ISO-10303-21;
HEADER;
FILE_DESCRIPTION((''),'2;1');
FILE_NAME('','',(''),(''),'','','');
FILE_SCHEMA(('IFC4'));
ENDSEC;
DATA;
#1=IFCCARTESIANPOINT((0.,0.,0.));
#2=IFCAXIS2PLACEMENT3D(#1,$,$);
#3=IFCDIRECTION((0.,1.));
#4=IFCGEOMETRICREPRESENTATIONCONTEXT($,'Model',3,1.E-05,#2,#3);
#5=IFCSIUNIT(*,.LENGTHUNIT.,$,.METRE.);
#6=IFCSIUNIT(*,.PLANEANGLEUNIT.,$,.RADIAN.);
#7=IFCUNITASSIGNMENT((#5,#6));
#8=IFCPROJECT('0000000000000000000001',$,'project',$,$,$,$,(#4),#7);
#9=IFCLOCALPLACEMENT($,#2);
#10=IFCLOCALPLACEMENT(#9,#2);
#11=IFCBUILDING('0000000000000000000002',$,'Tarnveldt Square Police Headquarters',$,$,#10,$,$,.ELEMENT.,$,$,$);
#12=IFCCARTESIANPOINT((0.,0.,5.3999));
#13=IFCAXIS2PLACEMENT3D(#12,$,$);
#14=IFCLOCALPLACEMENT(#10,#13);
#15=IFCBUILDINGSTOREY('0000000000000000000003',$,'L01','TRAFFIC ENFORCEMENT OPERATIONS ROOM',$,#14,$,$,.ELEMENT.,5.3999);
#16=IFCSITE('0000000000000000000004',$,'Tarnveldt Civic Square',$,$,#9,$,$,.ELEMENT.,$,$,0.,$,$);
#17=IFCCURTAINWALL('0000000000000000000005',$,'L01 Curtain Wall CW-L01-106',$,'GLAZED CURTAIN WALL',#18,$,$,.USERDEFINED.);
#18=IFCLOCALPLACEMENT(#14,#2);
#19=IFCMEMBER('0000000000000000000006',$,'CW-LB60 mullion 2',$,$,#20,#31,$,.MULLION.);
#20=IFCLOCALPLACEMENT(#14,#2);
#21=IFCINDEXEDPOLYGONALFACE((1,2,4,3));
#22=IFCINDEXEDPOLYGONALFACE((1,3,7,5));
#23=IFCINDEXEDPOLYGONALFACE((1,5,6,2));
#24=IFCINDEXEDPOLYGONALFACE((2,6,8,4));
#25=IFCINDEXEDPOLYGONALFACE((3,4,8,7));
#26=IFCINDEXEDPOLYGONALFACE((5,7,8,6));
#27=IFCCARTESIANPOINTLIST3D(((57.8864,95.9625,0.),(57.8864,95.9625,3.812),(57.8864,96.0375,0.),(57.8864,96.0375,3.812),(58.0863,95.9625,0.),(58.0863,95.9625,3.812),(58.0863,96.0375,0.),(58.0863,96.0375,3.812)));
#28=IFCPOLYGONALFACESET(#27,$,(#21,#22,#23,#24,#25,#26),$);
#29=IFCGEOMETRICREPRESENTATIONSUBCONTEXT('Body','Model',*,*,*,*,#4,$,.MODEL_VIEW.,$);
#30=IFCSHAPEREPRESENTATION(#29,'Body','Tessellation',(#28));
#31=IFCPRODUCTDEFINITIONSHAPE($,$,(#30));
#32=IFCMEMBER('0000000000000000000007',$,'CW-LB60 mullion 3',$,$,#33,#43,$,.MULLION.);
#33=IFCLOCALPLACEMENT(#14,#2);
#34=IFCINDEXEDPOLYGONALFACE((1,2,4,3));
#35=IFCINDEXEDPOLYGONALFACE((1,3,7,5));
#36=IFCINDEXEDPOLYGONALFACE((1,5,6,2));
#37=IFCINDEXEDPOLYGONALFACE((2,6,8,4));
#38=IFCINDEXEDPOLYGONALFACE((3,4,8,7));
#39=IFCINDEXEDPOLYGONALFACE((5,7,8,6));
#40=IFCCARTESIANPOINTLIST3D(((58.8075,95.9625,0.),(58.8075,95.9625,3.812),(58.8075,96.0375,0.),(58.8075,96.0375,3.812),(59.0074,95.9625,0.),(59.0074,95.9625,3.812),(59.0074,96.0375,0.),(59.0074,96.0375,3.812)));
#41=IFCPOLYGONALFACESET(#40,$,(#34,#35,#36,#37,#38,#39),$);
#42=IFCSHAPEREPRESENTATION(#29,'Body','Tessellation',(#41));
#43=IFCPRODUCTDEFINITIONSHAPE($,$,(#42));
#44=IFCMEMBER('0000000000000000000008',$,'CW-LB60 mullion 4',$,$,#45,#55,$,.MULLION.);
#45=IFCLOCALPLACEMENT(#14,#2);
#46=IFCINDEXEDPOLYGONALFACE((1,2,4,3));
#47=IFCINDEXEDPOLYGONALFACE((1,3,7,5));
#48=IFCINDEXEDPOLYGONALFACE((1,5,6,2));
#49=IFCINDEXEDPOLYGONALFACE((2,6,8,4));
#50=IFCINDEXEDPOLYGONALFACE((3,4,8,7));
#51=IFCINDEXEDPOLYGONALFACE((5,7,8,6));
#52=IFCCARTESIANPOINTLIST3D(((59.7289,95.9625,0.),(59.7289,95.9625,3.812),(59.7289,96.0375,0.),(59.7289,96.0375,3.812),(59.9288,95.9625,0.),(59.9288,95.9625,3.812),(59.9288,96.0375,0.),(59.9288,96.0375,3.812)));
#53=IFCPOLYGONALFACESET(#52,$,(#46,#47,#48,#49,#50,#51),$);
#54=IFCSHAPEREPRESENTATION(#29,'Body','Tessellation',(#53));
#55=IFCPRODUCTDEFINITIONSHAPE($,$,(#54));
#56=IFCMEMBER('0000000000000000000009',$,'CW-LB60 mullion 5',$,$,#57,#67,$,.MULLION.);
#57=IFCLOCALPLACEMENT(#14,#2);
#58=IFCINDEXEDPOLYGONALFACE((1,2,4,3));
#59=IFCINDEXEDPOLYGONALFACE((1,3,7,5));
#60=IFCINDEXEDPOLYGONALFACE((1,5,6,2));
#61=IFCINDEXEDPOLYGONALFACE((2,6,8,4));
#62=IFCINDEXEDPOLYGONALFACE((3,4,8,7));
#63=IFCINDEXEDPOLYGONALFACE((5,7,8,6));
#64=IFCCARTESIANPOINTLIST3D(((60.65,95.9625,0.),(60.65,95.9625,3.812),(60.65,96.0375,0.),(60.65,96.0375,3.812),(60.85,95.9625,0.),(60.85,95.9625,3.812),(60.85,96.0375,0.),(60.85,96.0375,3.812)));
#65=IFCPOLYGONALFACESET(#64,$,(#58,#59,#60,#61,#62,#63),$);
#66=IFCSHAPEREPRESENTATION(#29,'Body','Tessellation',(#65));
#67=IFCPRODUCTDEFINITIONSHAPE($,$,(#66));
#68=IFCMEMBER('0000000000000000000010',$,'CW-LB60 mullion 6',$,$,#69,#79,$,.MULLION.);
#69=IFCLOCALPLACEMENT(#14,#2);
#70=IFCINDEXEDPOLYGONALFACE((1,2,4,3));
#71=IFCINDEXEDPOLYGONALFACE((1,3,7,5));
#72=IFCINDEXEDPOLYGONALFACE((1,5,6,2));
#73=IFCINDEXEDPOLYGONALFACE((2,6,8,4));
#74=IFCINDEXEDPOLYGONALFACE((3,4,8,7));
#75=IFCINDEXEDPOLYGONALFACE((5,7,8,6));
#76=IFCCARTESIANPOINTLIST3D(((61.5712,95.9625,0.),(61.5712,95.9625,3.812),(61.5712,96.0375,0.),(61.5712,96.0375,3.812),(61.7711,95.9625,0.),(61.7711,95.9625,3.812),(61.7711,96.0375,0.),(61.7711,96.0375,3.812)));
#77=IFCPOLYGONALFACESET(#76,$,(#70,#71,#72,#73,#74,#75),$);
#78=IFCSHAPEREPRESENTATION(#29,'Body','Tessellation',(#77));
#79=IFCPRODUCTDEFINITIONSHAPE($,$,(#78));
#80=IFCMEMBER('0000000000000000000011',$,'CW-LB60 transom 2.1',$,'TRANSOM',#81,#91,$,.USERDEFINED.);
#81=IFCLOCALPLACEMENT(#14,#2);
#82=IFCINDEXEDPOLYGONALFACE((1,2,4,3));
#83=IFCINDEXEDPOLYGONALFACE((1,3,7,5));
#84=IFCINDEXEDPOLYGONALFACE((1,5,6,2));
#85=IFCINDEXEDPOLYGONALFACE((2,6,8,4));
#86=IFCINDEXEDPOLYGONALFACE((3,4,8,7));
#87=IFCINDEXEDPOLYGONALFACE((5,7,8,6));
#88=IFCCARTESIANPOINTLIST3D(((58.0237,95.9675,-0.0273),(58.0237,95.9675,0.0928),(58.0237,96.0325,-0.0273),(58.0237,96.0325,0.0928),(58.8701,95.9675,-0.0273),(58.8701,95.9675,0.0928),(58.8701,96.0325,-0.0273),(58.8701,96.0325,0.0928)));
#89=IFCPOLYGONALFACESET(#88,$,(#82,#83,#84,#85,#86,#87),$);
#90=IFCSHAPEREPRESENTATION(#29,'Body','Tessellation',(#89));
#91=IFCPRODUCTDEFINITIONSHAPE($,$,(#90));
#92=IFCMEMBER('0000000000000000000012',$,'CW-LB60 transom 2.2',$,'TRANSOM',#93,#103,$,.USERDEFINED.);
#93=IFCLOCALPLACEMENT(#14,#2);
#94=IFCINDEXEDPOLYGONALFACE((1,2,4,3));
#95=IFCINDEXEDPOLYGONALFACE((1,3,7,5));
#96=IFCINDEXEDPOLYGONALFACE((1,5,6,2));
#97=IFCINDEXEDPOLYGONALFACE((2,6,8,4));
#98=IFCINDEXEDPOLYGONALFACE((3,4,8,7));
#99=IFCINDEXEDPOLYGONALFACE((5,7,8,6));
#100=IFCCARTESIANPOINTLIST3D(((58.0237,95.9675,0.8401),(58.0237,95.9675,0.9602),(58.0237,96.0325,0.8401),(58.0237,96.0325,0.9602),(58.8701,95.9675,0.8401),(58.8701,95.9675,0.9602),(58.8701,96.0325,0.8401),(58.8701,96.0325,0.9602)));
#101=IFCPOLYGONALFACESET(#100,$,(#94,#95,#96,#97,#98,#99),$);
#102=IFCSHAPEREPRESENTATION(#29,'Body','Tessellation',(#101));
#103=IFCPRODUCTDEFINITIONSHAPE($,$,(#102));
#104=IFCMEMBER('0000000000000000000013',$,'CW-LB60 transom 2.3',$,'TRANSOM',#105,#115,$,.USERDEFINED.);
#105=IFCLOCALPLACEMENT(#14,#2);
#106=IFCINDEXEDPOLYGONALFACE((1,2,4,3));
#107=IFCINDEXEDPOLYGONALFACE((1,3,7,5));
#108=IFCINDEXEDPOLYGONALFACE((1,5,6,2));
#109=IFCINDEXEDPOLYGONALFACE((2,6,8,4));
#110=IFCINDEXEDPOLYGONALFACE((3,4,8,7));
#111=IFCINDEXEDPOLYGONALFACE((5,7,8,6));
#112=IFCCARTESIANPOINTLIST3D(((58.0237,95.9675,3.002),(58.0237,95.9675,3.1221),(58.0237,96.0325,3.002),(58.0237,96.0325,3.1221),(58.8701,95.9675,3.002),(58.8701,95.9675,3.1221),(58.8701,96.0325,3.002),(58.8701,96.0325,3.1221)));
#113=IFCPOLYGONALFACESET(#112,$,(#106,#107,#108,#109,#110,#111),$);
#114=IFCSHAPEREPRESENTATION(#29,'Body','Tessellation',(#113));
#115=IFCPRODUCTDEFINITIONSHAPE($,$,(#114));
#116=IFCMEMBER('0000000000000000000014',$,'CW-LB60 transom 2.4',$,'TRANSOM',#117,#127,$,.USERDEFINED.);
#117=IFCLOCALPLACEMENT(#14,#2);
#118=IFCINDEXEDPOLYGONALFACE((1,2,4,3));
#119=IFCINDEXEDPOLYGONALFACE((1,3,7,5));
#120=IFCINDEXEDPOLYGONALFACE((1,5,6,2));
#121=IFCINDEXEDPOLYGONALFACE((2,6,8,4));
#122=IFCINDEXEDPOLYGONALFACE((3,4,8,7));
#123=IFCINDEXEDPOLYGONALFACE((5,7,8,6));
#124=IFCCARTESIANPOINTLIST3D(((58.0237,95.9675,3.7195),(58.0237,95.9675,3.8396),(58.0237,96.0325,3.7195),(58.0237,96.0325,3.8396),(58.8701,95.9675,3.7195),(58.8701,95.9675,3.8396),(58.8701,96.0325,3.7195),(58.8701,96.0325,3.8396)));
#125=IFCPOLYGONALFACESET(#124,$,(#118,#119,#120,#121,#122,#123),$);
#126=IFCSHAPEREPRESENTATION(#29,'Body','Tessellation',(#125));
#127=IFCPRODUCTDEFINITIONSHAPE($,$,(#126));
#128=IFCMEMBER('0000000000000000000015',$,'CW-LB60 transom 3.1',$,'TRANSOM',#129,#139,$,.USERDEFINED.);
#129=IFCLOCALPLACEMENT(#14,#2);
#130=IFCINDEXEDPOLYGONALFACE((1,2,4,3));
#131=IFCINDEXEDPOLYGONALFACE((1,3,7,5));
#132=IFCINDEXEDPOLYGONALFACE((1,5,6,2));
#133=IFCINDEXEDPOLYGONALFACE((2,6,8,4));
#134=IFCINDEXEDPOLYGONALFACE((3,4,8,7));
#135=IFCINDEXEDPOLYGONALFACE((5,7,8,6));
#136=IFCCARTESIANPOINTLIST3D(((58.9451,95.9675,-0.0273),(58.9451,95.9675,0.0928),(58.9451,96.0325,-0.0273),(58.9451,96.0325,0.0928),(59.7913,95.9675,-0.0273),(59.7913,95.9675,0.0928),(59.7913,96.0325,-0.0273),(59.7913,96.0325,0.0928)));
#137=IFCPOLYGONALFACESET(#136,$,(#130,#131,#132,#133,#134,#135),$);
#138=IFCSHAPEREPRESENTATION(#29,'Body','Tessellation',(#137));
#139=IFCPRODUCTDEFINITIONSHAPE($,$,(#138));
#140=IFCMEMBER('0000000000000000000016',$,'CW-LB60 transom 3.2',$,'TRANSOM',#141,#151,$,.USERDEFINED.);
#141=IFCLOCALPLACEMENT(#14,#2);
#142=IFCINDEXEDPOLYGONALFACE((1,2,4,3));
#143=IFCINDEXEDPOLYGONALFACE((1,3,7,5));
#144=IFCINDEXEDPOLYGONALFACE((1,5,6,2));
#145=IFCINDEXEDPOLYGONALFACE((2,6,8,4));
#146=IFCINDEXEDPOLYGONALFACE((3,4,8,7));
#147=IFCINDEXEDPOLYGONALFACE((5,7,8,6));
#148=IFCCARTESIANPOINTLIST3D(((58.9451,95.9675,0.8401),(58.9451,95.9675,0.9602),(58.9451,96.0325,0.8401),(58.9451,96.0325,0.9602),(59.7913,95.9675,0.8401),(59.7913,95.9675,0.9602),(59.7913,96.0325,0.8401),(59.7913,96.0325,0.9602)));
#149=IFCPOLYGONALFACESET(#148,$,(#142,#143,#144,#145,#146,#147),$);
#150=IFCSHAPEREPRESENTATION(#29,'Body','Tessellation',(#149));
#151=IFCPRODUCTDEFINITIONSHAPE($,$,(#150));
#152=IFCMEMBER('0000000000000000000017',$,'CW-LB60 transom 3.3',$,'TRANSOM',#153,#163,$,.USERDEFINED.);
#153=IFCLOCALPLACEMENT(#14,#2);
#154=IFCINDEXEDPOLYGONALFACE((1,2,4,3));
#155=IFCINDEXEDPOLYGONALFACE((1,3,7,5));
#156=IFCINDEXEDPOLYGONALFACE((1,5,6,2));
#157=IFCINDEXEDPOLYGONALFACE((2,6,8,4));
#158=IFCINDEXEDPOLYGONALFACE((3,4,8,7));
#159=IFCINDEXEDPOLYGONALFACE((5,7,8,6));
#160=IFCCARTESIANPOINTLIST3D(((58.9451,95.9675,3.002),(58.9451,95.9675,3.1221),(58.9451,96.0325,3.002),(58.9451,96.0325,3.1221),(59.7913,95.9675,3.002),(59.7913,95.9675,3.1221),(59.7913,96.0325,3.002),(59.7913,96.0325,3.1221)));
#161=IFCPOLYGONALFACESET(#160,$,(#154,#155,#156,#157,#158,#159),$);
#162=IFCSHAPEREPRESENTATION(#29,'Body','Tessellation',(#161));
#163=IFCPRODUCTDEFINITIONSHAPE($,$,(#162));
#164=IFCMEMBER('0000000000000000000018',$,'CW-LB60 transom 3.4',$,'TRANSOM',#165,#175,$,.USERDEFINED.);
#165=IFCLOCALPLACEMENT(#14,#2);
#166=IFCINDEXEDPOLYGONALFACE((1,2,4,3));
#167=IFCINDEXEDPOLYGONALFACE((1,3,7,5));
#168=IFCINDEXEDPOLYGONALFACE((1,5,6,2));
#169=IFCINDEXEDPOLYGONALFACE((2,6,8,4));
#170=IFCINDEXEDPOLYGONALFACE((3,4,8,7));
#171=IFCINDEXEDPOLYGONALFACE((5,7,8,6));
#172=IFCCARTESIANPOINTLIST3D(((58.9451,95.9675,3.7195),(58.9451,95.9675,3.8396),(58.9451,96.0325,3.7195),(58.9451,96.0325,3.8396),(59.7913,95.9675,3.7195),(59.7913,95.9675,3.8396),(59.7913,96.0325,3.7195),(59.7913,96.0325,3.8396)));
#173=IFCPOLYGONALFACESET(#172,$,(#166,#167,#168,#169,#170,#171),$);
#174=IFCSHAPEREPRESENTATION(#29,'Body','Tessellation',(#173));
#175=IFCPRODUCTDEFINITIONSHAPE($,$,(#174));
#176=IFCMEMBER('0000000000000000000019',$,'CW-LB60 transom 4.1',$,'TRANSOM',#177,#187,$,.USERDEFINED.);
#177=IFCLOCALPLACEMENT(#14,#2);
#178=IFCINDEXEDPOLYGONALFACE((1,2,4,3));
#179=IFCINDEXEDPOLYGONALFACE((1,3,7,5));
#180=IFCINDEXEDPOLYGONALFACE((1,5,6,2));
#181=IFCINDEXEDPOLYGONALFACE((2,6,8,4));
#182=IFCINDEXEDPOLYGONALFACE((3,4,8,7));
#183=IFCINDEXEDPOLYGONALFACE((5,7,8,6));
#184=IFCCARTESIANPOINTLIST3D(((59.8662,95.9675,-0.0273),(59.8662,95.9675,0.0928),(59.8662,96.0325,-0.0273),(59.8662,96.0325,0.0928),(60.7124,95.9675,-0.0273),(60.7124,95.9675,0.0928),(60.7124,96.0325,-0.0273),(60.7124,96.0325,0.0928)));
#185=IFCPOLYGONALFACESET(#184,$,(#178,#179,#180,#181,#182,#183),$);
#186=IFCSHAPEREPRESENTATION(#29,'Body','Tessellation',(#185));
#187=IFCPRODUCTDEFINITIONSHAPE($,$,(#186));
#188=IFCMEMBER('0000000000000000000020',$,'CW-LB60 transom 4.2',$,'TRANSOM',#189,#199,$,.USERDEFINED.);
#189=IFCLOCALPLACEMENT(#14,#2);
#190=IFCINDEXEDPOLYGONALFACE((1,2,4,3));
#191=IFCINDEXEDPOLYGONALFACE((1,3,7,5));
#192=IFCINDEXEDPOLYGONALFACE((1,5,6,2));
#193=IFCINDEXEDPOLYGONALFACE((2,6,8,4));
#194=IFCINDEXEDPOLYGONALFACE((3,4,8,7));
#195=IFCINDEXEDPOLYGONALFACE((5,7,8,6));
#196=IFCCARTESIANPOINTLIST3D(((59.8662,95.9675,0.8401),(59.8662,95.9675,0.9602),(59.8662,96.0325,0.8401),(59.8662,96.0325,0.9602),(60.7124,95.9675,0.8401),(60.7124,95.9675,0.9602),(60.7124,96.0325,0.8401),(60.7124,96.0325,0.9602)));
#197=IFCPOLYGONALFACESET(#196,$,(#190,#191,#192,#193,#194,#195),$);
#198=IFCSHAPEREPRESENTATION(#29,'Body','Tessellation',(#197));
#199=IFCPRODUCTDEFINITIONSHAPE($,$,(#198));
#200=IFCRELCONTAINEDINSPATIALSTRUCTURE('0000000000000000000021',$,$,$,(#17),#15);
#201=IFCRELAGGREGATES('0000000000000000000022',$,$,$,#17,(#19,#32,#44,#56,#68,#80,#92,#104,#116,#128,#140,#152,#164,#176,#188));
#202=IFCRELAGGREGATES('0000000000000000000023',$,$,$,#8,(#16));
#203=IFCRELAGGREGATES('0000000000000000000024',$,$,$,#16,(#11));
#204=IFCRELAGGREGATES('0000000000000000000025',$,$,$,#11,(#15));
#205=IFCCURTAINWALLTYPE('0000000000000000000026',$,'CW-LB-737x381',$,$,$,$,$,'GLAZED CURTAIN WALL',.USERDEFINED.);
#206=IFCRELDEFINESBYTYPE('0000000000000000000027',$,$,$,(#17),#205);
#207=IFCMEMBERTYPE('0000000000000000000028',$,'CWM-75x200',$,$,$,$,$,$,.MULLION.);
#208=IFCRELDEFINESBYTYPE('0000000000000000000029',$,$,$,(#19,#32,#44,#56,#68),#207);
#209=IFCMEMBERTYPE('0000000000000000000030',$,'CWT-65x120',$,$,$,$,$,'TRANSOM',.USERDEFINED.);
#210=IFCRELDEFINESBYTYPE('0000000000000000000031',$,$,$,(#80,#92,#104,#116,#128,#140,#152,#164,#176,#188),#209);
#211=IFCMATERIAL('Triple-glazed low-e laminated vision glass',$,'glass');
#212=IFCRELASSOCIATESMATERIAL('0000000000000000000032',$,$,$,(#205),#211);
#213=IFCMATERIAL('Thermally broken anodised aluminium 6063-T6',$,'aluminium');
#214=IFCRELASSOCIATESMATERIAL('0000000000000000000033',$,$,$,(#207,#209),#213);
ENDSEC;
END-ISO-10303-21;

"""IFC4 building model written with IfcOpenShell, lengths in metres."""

from ifc_helpers import new_model, si_unit, direction, frame, origin, origin_2d, place, context, subcontext, project, spatial, rectangle, extrude, material, material_profile, profile_set, type_object, element, aggregate, save


model = new_model("IFC4")

# Units and contexts
model_context = context("Model", 3, precision=1e-05, world=origin(), true_north=direction((0.0, 1.0)))
body_context = subcontext(model_context, "Body", "Model", "MODEL_VIEW")
ifc_project = project(units=[si_unit("LENGTHUNIT", "METRE"), si_unit("PLANEANGLEUNIT", "RADIAN")], contexts=[model_context])

# Site, building, storey
site_placement = place(None, origin())
site = spatial("IfcSite", under=ifc_project, at=site_placement, Name="Tarnveldt Civic Square", CompositionType="ELEMENT", RefElevation=0.0)
building_placement = place(site_placement, origin())
building = spatial("IfcBuilding", under=site, at=building_placement, Name="Tarnveldt Square Police Headquarters", CompositionType="ELEMENT")
storey_placement = place(building_placement, frame((0.0, 0.0, 5.3999)))
storey = spatial("IfcBuildingStorey", under=building, at=storey_placement, Name="L01", Description="TRAFFIC ENFORCEMENT OPERATIONS ROOM", CompositionType="ELEMENT", Elevation=5.3999)

# Curtain wall, members
ifc_material_1 = material(Name="Triple-glazed low-e laminated vision glass", Category="glass")
curtain_wall_type = type_object("IfcCurtainWallType", Name="CW-LB-737x381", ElementType="GLAZED CURTAIN WALL", PredefinedType="USERDEFINED", material=ifc_material_1)
curtain_wall_placement = place(storey_placement, origin())
curtain_wall = element("IfcCurtainWall", 1, at=curtain_wall_placement, inside=storey, type_object=curtain_wall_type, Name="L01 Curtain Wall CW-L01-106", ObjectType="GLAZED CURTAIN WALL", PredefinedType="USERDEFINED")
ifc_material_2 = material(Name="Thermally broken anodised aluminium 6063-T6", Category="aluminium")
ifc_material_profile_1 = material_profile(ifc_material_2, rectangle(XDim=0.075, YDim=0.2, at=origin_2d()), Name="CW-M75x200")
ifc_profile_set_1 = profile_set([ifc_material_profile_1], Name="Thermally broken anodised aluminium 6063-T6")
member_type_1 = type_object("IfcMemberType", Name="CWM-75x200", PredefinedType="MULLION", material=ifc_profile_set_1)
member_1_placement = place(storey_placement, frame((57.9863, 96.0, 0.0), z_axis=(0.0, 0.0, 1.0), x_axis=(0.0, 1.0, 0.0)))
member_1 = element("IfcMember", 2, at=member_1_placement, type_object=member_type_1, Name="CW-LB60 mullion 2", PredefinedType="MULLION", context=body_context, shape_type="SweptSolid", body=[
    extrude(rectangle(XDim=0.075, YDim=0.2, at=origin_2d()), origin(), (0.0, 0.0, 1.0), 3.812),
])
member_2_placement = place(storey_placement, frame((58.9075, 96.0, 0.0), z_axis=(0.0, 0.0, 1.0), x_axis=(0.0, 1.0, 0.0)))
member_2 = element("IfcMember", 3, at=member_2_placement, type_object=member_type_1, Name="CW-LB60 mullion 3", PredefinedType="MULLION", context=body_context, shape_type="SweptSolid", body=[
    extrude(rectangle(XDim=0.075, YDim=0.2, at=origin_2d()), origin(), (0.0, 0.0, 1.0), 3.812),
])
member_3_placement = place(storey_placement, frame((59.8289, 96.0, 0.0), z_axis=(0.0, 0.0, 1.0), x_axis=(0.0, 1.0, 0.0)))
member_3 = element("IfcMember", 4, at=member_3_placement, type_object=member_type_1, Name="CW-LB60 mullion 4", PredefinedType="MULLION", context=body_context, shape_type="SweptSolid", body=[
    extrude(rectangle(XDim=0.075, YDim=0.2, at=origin_2d()), origin(), (0.0, 0.0, 1.0), 3.812),
])
member_4_placement = place(storey_placement, frame((60.75, 96.0, 0.0), z_axis=(0.0, 0.0, 1.0), x_axis=(0.0, 1.0, 0.0)))
member_4 = element("IfcMember", 5, at=member_4_placement, type_object=member_type_1, Name="CW-LB60 mullion 5", PredefinedType="MULLION", context=body_context, shape_type="SweptSolid", body=[
    extrude(rectangle(XDim=0.075, YDim=0.2, at=origin_2d()), origin(), (0.0, 0.0, 1.0), 3.812),
])
member_5_placement = place(storey_placement, frame((61.6711, 96.0, 0.0), z_axis=(0.0, 0.0, 1.0), x_axis=(0.0, 1.0, 0.0)))
member_5 = element("IfcMember", 6, at=member_5_placement, type_object=member_type_1, Name="CW-LB60 mullion 6", PredefinedType="MULLION", context=body_context, shape_type="SweptSolid", body=[
    extrude(rectangle(XDim=0.075, YDim=0.2, at=origin_2d()), origin(), (0.0, 0.0, 1.0), 3.812),
])
ifc_material_profile_2 = material_profile(ifc_material_2, rectangle(XDim=0.0649, YDim=0.1201, at=origin_2d()), Name="CW-T65x120")
ifc_profile_set_2 = profile_set([ifc_material_profile_2], Name="Thermally broken anodised aluminium 6063-T6")
member_type_2 = type_object("IfcMemberType", Name="CWT-65x120", ElementType="TRANSOM", PredefinedType="USERDEFINED", material=ifc_profile_set_2)
member_6_placement = place(storey_placement, frame((58.0237, 96.0, 0.0327), z_axis=(1.0, 0.0, 0.0), x_axis=(0.0, 1.0, 0.0)))
member_6 = element("IfcMember", 7, at=member_6_placement, type_object=member_type_2, Name="CW-LB60 transom 2.1", ObjectType="TRANSOM", PredefinedType="USERDEFINED", context=body_context, shape_type="SweptSolid", body=[
    extrude(rectangle(XDim=0.0649, YDim=0.1201, at=origin_2d()), origin(), (0.0, 0.0, 1.0), 0.8464),
])
member_7_placement = place(storey_placement, frame((58.0237, 96.0, 0.9001), z_axis=(1.0, 0.0, 0.0), x_axis=(0.0, 1.0, 0.0)))
member_7 = element("IfcMember", 8, at=member_7_placement, type_object=member_type_2, Name="CW-LB60 transom 2.2", ObjectType="TRANSOM", PredefinedType="USERDEFINED", context=body_context, shape_type="SweptSolid", body=[
    extrude(rectangle(XDim=0.0649, YDim=0.1201, at=origin_2d()), origin(), (0.0, 0.0, 1.0), 0.8464),
])
member_8_placement = place(storey_placement, frame((58.0237, 96.0, 3.062), z_axis=(1.0, 0.0, 0.0), x_axis=(0.0, 1.0, 0.0)))
member_8 = element("IfcMember", 9, at=member_8_placement, type_object=member_type_2, Name="CW-LB60 transom 2.3", ObjectType="TRANSOM", PredefinedType="USERDEFINED", context=body_context, shape_type="SweptSolid", body=[
    extrude(rectangle(XDim=0.0649, YDim=0.1201, at=origin_2d()), origin(), (0.0, 0.0, 1.0), 0.8464),
])
member_9_placement = place(storey_placement, frame((58.0237, 96.0, 3.7795), z_axis=(1.0, 0.0, 0.0), x_axis=(0.0, 1.0, 0.0)))
member_9 = element("IfcMember", 10, at=member_9_placement, type_object=member_type_2, Name="CW-LB60 transom 2.4", ObjectType="TRANSOM", PredefinedType="USERDEFINED", context=body_context, shape_type="SweptSolid", body=[
    extrude(rectangle(XDim=0.0649, YDim=0.1201, at=origin_2d()), origin(), (0.0, 0.0, 1.0), 0.8464),
])
member_10_placement = place(storey_placement, frame((58.9451, 96.0, 0.0327), z_axis=(1.0, 0.0, 0.0), x_axis=(0.0, 1.0, 0.0)))
member_10 = element("IfcMember", 11, at=member_10_placement, type_object=member_type_2, Name="CW-LB60 transom 3.1", ObjectType="TRANSOM", PredefinedType="USERDEFINED", context=body_context, shape_type="SweptSolid", body=[
    extrude(rectangle(XDim=0.0649, YDim=0.1201, at=origin_2d()), origin(), (0.0, 0.0, 1.0), 0.8462),
])
member_11_placement = place(storey_placement, frame((58.9451, 96.0, 0.9001), z_axis=(1.0, 0.0, 0.0), x_axis=(0.0, 1.0, 0.0)))
member_11 = element("IfcMember", 12, at=member_11_placement, type_object=member_type_2, Name="CW-LB60 transom 3.2", ObjectType="TRANSOM", PredefinedType="USERDEFINED", context=body_context, shape_type="SweptSolid", body=[
    extrude(rectangle(XDim=0.0649, YDim=0.1201, at=origin_2d()), origin(), (0.0, 0.0, 1.0), 0.8462),
])
member_12_placement = place(storey_placement, frame((58.9451, 96.0, 3.062), z_axis=(1.0, 0.0, 0.0), x_axis=(0.0, 1.0, 0.0)))
member_12 = element("IfcMember", 13, at=member_12_placement, type_object=member_type_2, Name="CW-LB60 transom 3.3", ObjectType="TRANSOM", PredefinedType="USERDEFINED", context=body_context, shape_type="SweptSolid", body=[
    extrude(rectangle(XDim=0.0649, YDim=0.1201, at=origin_2d()), origin(), (0.0, 0.0, 1.0), 0.8462),
])
member_13_placement = place(storey_placement, frame((58.9451, 96.0, 3.7795), z_axis=(1.0, 0.0, 0.0), x_axis=(0.0, 1.0, 0.0)))
member_13 = element("IfcMember", 14, at=member_13_placement, type_object=member_type_2, Name="CW-LB60 transom 3.4", ObjectType="TRANSOM", PredefinedType="USERDEFINED", context=body_context, shape_type="SweptSolid", body=[
    extrude(rectangle(XDim=0.0649, YDim=0.1201, at=origin_2d()), origin(), (0.0, 0.0, 1.0), 0.8462),
])
member_14_placement = place(storey_placement, frame((59.8662, 96.0, 0.0327), z_axis=(1.0, 0.0, 0.0), x_axis=(0.0, 1.0, 0.0)))
member_14 = element("IfcMember", 15, at=member_14_placement, type_object=member_type_2, Name="CW-LB60 transom 4.1", ObjectType="TRANSOM", PredefinedType="USERDEFINED", context=body_context, shape_type="SweptSolid", body=[
    extrude(rectangle(XDim=0.0649, YDim=0.1201, at=origin_2d()), origin(), (0.0, 0.0, 1.0), 0.8462),
])
member_15_placement = place(storey_placement, frame((59.8662, 96.0, 0.9001), z_axis=(1.0, 0.0, 0.0), x_axis=(0.0, 1.0, 0.0)))
member_15 = element("IfcMember", 16, at=member_15_placement, type_object=member_type_2, Name="CW-LB60 transom 4.2", ObjectType="TRANSOM", PredefinedType="USERDEFINED", context=body_context, shape_type="SweptSolid", body=[
    extrude(rectangle(XDim=0.0649, YDim=0.1201, at=origin_2d()), origin(), (0.0, 0.0, 1.0), 0.8462),
])
aggregate(curtain_wall, [member_1, member_2, member_3, member_4, member_5, member_6, member_7, member_8, member_9, member_10, member_11, member_12, member_13, member_14, member_15])

save(model, "model.ifc")
